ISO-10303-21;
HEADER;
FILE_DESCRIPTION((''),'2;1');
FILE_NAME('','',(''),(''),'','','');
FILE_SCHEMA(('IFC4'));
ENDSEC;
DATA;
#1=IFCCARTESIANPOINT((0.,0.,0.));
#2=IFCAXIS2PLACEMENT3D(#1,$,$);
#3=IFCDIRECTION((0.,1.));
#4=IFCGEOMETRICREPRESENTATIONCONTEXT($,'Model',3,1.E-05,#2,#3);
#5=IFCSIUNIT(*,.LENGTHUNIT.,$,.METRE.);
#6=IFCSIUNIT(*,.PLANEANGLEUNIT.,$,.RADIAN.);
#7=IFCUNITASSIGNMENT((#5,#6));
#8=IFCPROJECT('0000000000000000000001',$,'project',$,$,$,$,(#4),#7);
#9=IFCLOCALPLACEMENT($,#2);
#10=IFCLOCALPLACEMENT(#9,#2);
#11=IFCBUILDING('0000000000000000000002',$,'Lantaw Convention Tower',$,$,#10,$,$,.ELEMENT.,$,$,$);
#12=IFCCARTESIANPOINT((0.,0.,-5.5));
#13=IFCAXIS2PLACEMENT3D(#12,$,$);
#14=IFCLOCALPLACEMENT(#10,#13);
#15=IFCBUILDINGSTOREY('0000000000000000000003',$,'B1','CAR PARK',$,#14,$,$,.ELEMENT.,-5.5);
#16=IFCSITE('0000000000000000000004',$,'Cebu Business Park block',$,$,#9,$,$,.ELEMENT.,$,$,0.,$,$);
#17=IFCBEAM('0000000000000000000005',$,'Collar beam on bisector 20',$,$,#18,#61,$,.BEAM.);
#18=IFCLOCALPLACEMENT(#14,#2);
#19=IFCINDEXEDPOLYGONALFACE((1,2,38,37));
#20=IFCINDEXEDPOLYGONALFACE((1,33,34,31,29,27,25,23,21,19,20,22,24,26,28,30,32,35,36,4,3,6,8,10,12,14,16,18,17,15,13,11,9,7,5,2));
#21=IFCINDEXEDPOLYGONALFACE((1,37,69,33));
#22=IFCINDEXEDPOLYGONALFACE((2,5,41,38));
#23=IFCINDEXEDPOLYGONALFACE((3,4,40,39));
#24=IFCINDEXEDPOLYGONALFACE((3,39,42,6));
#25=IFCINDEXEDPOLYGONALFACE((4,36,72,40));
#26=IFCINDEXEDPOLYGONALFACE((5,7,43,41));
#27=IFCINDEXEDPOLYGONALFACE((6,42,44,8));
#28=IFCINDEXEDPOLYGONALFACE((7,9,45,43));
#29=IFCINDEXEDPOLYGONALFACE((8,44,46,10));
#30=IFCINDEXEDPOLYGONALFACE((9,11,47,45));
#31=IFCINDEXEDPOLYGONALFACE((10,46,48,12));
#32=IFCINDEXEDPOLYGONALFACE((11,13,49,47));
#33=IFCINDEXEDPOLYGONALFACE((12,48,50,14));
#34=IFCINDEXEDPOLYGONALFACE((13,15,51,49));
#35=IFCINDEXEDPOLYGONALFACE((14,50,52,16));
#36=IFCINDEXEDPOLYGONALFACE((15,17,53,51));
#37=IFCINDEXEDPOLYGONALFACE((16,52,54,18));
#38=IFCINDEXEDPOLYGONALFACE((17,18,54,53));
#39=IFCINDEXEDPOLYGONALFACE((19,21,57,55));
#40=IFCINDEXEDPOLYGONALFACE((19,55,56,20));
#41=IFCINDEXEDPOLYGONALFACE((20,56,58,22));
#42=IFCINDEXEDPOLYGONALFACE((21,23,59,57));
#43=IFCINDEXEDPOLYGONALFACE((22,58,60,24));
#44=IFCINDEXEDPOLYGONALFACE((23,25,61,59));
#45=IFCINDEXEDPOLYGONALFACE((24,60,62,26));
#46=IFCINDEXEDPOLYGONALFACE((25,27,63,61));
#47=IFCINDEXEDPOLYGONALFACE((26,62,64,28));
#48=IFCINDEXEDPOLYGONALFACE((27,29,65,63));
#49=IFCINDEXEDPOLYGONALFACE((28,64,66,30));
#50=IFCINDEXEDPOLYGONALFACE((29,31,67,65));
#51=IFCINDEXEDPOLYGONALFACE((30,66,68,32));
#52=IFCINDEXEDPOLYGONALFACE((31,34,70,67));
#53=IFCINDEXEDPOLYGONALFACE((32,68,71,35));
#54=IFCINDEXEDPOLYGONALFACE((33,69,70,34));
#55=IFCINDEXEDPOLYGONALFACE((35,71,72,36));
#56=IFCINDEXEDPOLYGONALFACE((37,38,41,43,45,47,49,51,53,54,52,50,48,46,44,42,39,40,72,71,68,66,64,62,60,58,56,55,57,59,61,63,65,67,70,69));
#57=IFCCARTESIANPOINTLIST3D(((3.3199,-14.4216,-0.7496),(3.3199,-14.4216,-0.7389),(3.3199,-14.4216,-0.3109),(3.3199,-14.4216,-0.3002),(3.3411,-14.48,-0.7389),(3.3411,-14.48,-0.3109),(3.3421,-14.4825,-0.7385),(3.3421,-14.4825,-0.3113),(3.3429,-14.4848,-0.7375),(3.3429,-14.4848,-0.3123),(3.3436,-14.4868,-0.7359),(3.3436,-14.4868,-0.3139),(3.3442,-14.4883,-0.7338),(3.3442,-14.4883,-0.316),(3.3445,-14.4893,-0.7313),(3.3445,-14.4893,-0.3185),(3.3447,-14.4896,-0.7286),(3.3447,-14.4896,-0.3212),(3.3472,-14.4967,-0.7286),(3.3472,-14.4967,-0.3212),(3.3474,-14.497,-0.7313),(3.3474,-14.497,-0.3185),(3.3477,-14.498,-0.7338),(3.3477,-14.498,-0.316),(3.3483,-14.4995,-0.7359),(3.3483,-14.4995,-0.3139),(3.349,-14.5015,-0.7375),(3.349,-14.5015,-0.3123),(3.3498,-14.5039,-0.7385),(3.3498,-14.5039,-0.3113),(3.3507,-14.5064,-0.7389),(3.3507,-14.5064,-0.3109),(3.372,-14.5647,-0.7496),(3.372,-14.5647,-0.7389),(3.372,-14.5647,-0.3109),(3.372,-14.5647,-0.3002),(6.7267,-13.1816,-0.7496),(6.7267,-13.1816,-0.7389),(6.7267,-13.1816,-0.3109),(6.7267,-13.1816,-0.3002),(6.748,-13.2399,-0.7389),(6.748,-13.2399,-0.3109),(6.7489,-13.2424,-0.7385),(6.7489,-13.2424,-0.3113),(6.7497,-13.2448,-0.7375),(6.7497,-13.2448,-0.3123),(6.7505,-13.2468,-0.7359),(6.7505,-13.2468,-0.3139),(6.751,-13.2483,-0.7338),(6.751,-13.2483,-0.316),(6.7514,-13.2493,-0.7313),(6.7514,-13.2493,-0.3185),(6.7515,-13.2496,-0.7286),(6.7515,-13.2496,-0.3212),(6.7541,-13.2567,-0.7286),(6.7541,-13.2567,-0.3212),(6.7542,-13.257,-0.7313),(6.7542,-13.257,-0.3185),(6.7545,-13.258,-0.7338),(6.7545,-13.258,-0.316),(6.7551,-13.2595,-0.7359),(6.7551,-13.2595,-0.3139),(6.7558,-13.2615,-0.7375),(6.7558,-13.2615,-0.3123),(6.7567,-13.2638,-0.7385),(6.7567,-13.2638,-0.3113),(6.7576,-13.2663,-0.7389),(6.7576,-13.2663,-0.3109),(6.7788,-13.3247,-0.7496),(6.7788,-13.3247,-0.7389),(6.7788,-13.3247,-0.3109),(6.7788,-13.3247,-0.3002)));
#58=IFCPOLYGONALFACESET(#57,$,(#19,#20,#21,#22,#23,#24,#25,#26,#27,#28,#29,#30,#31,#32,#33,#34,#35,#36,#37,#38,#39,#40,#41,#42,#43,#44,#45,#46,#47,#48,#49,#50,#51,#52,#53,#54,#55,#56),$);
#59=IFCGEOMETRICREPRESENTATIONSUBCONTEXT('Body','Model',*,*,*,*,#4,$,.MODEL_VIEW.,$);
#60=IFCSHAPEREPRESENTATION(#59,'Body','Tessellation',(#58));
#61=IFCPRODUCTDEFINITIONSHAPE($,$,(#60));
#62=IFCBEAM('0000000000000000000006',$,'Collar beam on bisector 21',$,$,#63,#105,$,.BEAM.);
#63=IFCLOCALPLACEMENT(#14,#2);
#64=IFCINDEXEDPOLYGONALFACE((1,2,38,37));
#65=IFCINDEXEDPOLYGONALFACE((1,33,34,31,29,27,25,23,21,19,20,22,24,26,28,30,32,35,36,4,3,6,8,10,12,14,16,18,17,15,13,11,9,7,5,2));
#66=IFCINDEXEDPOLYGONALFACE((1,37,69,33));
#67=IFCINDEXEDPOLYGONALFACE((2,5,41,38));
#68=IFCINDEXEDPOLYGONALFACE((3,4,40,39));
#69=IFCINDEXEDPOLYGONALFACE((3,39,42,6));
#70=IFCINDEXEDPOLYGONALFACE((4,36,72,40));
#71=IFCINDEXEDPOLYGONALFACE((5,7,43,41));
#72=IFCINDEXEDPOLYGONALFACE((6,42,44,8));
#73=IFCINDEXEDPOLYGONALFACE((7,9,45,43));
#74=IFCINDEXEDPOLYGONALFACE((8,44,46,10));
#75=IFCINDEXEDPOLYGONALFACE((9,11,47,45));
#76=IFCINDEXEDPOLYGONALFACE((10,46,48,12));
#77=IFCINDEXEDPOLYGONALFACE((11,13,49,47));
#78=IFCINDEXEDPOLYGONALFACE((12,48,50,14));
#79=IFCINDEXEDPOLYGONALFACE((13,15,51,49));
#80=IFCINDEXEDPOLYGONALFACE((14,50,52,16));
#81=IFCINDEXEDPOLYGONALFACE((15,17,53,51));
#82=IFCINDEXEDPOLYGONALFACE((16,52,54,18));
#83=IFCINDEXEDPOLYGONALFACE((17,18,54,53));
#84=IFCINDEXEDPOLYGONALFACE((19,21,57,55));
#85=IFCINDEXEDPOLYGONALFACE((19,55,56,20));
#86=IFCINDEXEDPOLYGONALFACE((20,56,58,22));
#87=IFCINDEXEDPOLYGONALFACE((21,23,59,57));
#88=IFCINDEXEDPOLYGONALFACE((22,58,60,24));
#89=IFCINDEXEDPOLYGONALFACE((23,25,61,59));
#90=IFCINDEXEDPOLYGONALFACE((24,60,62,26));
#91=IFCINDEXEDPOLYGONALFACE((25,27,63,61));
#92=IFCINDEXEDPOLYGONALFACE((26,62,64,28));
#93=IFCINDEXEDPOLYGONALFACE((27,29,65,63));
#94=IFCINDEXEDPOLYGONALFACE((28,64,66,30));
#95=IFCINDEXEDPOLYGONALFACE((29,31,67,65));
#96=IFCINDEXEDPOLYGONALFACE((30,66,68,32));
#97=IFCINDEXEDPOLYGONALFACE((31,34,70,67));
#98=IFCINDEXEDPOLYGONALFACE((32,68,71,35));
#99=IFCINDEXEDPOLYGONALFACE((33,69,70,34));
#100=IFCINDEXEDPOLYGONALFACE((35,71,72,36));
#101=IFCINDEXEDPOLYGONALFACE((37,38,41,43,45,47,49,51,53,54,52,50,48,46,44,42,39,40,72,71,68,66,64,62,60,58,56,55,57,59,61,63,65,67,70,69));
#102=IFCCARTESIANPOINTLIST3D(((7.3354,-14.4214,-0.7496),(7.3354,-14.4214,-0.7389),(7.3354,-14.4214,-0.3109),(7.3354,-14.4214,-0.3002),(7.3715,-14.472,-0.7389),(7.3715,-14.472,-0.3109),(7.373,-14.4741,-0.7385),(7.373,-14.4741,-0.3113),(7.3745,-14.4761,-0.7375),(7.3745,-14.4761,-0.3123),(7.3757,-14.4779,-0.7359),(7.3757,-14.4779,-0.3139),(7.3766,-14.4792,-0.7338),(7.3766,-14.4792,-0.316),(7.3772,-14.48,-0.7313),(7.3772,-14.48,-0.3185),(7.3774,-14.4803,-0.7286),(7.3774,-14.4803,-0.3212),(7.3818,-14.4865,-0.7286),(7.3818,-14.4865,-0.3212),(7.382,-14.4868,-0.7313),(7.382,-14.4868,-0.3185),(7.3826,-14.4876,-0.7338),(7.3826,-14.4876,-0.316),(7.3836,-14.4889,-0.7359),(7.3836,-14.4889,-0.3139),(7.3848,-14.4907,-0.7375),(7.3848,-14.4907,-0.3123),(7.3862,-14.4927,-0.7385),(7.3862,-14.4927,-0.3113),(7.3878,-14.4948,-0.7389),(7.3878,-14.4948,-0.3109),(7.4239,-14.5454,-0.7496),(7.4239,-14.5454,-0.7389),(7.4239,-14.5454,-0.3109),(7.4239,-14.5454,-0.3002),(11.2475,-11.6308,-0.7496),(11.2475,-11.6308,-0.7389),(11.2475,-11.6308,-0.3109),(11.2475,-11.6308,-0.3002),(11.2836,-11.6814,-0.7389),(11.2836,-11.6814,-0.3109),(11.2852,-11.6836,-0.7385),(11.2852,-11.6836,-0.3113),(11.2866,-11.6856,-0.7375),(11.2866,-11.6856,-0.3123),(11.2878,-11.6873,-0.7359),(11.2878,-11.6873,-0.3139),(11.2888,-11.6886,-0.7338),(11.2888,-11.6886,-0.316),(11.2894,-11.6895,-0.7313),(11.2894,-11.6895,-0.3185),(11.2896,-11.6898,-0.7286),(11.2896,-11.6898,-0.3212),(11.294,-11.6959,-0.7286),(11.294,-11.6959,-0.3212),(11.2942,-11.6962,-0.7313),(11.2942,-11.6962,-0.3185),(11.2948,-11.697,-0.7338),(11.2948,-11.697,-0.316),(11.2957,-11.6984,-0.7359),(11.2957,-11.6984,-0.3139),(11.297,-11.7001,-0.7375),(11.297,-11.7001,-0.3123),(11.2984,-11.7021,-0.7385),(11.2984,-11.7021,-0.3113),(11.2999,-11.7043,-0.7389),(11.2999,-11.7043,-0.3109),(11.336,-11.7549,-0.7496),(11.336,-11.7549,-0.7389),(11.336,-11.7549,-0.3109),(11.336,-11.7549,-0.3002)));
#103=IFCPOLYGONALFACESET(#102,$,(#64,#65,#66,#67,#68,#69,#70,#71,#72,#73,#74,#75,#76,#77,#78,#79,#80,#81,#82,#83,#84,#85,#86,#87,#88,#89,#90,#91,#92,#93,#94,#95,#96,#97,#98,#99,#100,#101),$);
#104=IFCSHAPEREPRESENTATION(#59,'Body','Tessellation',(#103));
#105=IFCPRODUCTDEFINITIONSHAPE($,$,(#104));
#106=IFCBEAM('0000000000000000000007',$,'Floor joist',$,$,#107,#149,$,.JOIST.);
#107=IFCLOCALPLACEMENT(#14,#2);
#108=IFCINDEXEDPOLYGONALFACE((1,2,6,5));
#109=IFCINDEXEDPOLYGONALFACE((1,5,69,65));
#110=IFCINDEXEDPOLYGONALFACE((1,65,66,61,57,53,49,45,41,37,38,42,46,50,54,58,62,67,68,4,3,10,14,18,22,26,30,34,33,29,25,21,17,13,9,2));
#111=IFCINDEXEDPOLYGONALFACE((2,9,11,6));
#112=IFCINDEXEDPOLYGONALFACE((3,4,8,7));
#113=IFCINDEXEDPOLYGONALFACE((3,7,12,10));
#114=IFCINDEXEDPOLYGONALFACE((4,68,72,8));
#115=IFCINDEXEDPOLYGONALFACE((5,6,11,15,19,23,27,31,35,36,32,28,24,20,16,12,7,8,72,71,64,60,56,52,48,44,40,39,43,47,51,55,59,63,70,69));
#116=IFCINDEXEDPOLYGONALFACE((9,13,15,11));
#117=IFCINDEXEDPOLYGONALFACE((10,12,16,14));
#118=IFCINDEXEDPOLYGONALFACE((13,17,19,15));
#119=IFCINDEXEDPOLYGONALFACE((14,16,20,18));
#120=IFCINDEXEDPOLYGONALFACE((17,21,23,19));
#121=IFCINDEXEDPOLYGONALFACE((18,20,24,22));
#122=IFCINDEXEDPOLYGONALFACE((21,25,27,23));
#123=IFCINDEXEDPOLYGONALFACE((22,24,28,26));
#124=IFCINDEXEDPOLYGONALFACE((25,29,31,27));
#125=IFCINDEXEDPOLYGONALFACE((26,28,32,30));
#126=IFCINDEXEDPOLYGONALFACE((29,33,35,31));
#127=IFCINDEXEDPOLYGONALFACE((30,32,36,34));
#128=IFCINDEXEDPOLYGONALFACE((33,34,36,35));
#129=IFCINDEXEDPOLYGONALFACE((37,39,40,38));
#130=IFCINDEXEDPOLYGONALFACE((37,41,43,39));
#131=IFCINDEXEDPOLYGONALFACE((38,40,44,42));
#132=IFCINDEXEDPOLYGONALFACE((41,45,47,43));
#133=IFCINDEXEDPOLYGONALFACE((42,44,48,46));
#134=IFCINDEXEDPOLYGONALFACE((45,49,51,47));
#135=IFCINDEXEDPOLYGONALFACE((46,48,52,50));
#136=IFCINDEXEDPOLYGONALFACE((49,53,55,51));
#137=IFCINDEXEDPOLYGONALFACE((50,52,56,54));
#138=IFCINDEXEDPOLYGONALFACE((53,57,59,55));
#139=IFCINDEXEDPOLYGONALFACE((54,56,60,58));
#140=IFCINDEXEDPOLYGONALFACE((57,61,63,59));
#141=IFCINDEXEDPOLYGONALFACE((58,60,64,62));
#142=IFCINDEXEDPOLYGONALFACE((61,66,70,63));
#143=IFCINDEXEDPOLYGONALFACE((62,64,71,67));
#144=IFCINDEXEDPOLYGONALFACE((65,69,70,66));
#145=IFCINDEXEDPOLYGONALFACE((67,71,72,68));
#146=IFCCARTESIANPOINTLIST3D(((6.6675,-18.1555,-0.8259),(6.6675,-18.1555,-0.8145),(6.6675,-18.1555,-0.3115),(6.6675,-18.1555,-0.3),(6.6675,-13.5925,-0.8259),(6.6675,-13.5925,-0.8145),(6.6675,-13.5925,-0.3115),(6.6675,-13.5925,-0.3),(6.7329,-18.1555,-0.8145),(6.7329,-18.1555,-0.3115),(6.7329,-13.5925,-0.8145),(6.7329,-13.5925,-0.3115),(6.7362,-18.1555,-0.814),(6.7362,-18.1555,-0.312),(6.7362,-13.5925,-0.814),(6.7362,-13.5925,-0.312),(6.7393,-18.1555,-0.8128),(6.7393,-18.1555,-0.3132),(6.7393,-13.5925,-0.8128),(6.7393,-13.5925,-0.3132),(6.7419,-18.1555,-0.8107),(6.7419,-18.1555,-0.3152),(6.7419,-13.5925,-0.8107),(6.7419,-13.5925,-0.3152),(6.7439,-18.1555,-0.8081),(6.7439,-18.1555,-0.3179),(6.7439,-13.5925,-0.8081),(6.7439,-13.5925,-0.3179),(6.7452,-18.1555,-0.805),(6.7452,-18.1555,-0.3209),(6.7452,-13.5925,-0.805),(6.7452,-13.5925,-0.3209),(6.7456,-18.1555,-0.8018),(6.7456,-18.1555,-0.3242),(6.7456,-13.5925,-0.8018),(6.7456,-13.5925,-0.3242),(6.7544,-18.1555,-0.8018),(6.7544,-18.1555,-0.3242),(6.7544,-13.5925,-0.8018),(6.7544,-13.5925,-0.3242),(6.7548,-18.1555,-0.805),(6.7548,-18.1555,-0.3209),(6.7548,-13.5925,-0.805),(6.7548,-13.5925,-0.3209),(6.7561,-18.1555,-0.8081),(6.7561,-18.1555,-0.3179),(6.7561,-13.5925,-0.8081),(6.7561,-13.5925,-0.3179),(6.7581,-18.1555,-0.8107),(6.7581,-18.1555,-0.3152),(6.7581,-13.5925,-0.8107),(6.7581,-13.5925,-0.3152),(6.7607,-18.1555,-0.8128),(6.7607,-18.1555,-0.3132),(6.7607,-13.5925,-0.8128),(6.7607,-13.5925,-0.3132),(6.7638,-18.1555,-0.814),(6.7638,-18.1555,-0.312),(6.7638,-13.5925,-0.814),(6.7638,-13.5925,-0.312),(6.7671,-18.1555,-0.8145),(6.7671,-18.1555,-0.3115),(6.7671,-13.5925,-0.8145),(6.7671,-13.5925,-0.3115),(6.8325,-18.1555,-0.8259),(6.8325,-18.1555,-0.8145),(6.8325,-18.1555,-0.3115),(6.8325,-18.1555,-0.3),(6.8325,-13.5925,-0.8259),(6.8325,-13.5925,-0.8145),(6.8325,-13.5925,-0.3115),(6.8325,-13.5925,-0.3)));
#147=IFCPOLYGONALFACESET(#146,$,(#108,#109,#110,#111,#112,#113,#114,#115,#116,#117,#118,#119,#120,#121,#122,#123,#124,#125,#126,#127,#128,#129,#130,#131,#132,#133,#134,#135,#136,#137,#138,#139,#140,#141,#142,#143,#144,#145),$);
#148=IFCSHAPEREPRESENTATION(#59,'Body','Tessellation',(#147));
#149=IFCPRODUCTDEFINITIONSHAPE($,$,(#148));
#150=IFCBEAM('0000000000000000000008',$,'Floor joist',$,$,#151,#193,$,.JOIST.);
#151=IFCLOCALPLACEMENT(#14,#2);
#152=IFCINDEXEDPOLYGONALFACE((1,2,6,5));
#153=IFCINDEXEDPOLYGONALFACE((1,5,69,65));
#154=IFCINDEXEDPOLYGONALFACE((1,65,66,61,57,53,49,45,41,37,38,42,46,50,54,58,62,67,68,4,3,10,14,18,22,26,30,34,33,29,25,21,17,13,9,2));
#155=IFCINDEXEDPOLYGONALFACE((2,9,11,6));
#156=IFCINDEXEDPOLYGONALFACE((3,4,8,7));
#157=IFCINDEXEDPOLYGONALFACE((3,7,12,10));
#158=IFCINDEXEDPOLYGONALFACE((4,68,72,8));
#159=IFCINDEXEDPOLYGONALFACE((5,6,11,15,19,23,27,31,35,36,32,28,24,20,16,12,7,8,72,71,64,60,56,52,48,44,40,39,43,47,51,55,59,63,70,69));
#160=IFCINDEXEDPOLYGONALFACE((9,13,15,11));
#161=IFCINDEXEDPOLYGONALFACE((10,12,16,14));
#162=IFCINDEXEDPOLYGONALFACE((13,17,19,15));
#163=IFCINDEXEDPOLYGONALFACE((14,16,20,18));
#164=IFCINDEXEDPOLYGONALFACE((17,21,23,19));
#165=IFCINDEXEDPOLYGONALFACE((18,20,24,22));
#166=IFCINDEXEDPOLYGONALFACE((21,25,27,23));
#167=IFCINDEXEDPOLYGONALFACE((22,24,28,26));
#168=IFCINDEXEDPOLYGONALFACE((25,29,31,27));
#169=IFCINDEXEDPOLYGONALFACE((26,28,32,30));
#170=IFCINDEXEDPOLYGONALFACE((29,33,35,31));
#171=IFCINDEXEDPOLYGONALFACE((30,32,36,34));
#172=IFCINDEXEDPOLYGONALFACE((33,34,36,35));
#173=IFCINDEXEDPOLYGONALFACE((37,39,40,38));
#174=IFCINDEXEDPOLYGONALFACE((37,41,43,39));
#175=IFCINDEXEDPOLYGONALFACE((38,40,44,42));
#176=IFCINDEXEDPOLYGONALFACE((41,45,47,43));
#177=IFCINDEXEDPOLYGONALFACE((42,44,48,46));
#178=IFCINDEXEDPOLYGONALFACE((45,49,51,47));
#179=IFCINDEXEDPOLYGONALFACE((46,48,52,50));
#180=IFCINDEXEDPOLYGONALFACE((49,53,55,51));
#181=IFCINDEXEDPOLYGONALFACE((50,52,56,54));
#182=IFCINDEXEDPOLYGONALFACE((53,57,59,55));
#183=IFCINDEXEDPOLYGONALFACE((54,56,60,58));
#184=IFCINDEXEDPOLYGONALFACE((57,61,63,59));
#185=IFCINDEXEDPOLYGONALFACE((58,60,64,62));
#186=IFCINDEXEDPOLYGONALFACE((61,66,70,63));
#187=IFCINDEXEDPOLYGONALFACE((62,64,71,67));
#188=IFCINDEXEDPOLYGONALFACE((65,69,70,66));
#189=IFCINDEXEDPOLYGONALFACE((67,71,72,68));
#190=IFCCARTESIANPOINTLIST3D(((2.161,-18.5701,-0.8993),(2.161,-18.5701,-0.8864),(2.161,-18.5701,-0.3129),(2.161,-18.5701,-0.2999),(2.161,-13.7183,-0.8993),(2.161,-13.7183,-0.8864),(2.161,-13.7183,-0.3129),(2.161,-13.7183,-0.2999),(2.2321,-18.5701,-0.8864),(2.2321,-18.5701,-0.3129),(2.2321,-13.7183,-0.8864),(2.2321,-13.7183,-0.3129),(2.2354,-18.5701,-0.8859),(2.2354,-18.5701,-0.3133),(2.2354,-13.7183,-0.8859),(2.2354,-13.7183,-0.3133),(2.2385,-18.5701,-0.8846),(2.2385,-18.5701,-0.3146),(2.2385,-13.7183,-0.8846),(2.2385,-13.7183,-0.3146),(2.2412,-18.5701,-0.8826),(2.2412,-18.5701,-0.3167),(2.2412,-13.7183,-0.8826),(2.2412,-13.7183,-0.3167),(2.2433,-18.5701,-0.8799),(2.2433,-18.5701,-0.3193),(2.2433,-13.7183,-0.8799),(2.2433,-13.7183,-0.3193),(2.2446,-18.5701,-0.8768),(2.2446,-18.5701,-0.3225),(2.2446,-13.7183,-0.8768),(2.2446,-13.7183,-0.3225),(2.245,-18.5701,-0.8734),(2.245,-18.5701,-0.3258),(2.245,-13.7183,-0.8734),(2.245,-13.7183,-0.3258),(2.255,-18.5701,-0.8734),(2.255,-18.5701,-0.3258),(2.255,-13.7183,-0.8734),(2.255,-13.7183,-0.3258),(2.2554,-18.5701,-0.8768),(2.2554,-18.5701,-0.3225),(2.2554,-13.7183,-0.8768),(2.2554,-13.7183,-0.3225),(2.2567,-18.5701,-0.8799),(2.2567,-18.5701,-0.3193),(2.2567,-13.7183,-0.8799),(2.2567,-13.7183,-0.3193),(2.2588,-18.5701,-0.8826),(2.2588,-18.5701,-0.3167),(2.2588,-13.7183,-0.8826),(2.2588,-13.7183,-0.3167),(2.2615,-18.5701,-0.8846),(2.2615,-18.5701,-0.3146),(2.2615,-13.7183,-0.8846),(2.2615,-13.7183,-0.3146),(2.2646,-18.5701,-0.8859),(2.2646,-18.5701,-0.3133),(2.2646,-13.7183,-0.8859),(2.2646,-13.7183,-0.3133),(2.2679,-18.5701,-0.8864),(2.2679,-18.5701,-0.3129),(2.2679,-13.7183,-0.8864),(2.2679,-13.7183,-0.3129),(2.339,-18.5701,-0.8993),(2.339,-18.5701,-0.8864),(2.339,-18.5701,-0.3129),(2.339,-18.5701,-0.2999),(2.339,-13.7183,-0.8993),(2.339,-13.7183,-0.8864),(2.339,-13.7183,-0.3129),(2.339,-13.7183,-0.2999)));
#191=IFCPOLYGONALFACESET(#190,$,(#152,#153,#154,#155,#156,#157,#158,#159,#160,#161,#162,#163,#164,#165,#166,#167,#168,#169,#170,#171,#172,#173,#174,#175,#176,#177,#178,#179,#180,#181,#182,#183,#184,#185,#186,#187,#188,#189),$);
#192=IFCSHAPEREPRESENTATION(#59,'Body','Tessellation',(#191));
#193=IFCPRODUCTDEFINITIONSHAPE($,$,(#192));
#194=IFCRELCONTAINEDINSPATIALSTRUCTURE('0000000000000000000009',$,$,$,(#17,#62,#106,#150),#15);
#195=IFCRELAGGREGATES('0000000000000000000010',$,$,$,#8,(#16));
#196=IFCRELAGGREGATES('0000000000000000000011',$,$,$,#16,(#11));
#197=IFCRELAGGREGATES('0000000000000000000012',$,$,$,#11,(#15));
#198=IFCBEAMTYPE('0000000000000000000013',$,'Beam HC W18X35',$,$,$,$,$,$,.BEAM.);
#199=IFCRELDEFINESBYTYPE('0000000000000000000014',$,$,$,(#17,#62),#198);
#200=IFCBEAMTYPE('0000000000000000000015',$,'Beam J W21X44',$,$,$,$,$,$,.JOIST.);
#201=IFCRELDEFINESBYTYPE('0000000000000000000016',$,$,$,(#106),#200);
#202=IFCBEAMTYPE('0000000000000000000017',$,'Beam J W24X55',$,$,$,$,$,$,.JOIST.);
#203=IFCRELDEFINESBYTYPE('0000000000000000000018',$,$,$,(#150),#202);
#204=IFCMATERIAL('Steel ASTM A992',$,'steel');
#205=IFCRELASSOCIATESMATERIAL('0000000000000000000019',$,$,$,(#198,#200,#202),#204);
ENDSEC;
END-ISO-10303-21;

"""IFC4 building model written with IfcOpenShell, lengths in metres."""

from ifc_helpers import new_model, si_unit, direction, frame, origin, origin_2d, place, context, subcontext, project, spatial, i_section, extrude, material, material_profile, profile_set, type_object, element, save


model = new_model("IFC4")

# Units and contexts
model_context = context("Model", 3, precision=1e-05, world=origin(), true_north=direction((0.0, 1.0)))
body_context = subcontext(model_context, "Body", "Model", "MODEL_VIEW")
ifc_project = project(units=[si_unit("LENGTHUNIT", "METRE"), si_unit("PLANEANGLEUNIT", "RADIAN")], contexts=[model_context])

# Site, building, storey
site_placement = place(None, origin())
site = spatial("IfcSite", under=ifc_project, at=site_placement, Name="Cebu Business Park block", CompositionType="ELEMENT", RefElevation=0.0)
building_placement = place(site_placement, origin())
building = spatial("IfcBuilding", under=site, at=building_placement, Name="Lantaw Convention Tower", CompositionType="ELEMENT")
storey_placement = place(building_placement, frame((0.0, 0.0, -5.5)))
storey = spatial("IfcBuildingStorey", under=building, at=storey_placement, Name="B1", Description="CAR PARK", CompositionType="ELEMENT", Elevation=-5.5)

# Beams
ifc_material_1 = material(Name="Steel ASTM A992", Category="steel")
ifc_material_profile_1 = material_profile(ifc_material_1, i_section(OverallWidth=0.1523, OverallDepth=0.4495, WebThickness=0.0076, FlangeThickness=0.0107, FilletRadius=0.0103, at=origin_2d()), Name="W18X35")
ifc_profile_set_1 = profile_set([ifc_material_profile_1], Name="Steel ASTM A992")
beam_type_1 = type_object("IfcBeamType", Name="Beam HC W18X35", PredefinedType="BEAM", material=ifc_profile_set_1)
beam_1_placement = place(storey_placement, frame((3.3459, -14.4932, -0.5249), z_axis=(0.939689, 0.34203, 0.0), x_axis=(-0.34203, 0.939689, 0.0)))
element("IfcBeam", 1, at=beam_1_placement, inside=storey, type_object=beam_type_1, Name="Collar beam on bisector 20", PredefinedType="BEAM", context=body_context, shape_type="SweptSolid", body=[
    extrude(i_section(OverallWidth=0.1523, OverallDepth=0.4495, WebThickness=0.0076, FlangeThickness=0.0107, FilletRadius=0.0103, at=origin_2d()), origin(), (0.0, 0.0, 1.0), 3.6255),
])
beam_2_placement = place(storey_placement, frame((7.3796, -14.4834, -0.5249), z_axis=(0.814111, 0.580709, 0.0), x_axis=(-0.580709, 0.814111, 0.0)))
element("IfcBeam", 2, at=beam_2_placement, inside=storey, type_object=beam_type_1, Name="Collar beam on bisector 21", PredefinedType="BEAM", context=body_context, shape_type="SweptSolid", body=[
    extrude(i_section(OverallWidth=0.1523, OverallDepth=0.4495, WebThickness=0.0076, FlangeThickness=0.0107, FilletRadius=0.0103, at=origin_2d()), origin(), (0.0, 0.0, 1.0), 4.8054),
])
ifc_material_profile_2 = material_profile(ifc_material_1, i_section(OverallWidth=0.165, OverallDepth=0.5259, WebThickness=0.0088, FlangeThickness=0.0115, FilletRadius=0.0127, at=origin_2d()), Name="W21X44")
ifc_profile_set_2 = profile_set([ifc_material_profile_2], Name="Steel ASTM A992")
beam_type_2 = type_object("IfcBeamType", Name="Beam J W21X44", PredefinedType="JOIST", material=ifc_profile_set_2)
beam_3_placement = place(storey_placement, frame((6.75, -18.1555, -0.563), z_axis=(0.0, 1.0, 0.0), x_axis=(-1.0, 0.0, 0.0)))
element("IfcBeam", 3, at=beam_3_placement, inside=storey, type_object=beam_type_2, Name="Floor joist", PredefinedType="JOIST", context=body_context, shape_type="SweptSolid", body=[
    extrude(i_section(OverallWidth=0.165, OverallDepth=0.5259, WebThickness=0.0088, FlangeThickness=0.0115, FilletRadius=0.0127, at=origin_2d()), origin(), (0.0, 0.0, 1.0), 4.563),
])
ifc_material_profile_3 = material_profile(ifc_material_1, i_section(OverallWidth=0.178, OverallDepth=0.5994, WebThickness=0.01, FlangeThickness=0.0129, FilletRadius=0.0129, at=origin_2d()), Name="W24X55")
ifc_profile_set_3 = profile_set([ifc_material_profile_3], Name="Steel ASTM A992")
beam_type_3 = type_object("IfcBeamType", Name="Beam J W24X55", PredefinedType="JOIST", material=ifc_profile_set_3)
beam_4_placement = place(storey_placement, frame((2.25, -18.5701, -0.5996), z_axis=(0.0, 1.0, 0.0), x_axis=(-1.0, 0.0, 0.0)))
element("IfcBeam", 4, at=beam_4_placement, inside=storey, type_object=beam_type_3, Name="Floor joist", PredefinedType="JOIST", context=body_context, shape_type="SweptSolid", body=[
    extrude(i_section(OverallWidth=0.178, OverallDepth=0.5994, WebThickness=0.01, FlangeThickness=0.0129, FilletRadius=0.0129, at=origin_2d()), origin(), (0.0, 0.0, 1.0), 4.8518),
])

save(model, "model.ifc")
